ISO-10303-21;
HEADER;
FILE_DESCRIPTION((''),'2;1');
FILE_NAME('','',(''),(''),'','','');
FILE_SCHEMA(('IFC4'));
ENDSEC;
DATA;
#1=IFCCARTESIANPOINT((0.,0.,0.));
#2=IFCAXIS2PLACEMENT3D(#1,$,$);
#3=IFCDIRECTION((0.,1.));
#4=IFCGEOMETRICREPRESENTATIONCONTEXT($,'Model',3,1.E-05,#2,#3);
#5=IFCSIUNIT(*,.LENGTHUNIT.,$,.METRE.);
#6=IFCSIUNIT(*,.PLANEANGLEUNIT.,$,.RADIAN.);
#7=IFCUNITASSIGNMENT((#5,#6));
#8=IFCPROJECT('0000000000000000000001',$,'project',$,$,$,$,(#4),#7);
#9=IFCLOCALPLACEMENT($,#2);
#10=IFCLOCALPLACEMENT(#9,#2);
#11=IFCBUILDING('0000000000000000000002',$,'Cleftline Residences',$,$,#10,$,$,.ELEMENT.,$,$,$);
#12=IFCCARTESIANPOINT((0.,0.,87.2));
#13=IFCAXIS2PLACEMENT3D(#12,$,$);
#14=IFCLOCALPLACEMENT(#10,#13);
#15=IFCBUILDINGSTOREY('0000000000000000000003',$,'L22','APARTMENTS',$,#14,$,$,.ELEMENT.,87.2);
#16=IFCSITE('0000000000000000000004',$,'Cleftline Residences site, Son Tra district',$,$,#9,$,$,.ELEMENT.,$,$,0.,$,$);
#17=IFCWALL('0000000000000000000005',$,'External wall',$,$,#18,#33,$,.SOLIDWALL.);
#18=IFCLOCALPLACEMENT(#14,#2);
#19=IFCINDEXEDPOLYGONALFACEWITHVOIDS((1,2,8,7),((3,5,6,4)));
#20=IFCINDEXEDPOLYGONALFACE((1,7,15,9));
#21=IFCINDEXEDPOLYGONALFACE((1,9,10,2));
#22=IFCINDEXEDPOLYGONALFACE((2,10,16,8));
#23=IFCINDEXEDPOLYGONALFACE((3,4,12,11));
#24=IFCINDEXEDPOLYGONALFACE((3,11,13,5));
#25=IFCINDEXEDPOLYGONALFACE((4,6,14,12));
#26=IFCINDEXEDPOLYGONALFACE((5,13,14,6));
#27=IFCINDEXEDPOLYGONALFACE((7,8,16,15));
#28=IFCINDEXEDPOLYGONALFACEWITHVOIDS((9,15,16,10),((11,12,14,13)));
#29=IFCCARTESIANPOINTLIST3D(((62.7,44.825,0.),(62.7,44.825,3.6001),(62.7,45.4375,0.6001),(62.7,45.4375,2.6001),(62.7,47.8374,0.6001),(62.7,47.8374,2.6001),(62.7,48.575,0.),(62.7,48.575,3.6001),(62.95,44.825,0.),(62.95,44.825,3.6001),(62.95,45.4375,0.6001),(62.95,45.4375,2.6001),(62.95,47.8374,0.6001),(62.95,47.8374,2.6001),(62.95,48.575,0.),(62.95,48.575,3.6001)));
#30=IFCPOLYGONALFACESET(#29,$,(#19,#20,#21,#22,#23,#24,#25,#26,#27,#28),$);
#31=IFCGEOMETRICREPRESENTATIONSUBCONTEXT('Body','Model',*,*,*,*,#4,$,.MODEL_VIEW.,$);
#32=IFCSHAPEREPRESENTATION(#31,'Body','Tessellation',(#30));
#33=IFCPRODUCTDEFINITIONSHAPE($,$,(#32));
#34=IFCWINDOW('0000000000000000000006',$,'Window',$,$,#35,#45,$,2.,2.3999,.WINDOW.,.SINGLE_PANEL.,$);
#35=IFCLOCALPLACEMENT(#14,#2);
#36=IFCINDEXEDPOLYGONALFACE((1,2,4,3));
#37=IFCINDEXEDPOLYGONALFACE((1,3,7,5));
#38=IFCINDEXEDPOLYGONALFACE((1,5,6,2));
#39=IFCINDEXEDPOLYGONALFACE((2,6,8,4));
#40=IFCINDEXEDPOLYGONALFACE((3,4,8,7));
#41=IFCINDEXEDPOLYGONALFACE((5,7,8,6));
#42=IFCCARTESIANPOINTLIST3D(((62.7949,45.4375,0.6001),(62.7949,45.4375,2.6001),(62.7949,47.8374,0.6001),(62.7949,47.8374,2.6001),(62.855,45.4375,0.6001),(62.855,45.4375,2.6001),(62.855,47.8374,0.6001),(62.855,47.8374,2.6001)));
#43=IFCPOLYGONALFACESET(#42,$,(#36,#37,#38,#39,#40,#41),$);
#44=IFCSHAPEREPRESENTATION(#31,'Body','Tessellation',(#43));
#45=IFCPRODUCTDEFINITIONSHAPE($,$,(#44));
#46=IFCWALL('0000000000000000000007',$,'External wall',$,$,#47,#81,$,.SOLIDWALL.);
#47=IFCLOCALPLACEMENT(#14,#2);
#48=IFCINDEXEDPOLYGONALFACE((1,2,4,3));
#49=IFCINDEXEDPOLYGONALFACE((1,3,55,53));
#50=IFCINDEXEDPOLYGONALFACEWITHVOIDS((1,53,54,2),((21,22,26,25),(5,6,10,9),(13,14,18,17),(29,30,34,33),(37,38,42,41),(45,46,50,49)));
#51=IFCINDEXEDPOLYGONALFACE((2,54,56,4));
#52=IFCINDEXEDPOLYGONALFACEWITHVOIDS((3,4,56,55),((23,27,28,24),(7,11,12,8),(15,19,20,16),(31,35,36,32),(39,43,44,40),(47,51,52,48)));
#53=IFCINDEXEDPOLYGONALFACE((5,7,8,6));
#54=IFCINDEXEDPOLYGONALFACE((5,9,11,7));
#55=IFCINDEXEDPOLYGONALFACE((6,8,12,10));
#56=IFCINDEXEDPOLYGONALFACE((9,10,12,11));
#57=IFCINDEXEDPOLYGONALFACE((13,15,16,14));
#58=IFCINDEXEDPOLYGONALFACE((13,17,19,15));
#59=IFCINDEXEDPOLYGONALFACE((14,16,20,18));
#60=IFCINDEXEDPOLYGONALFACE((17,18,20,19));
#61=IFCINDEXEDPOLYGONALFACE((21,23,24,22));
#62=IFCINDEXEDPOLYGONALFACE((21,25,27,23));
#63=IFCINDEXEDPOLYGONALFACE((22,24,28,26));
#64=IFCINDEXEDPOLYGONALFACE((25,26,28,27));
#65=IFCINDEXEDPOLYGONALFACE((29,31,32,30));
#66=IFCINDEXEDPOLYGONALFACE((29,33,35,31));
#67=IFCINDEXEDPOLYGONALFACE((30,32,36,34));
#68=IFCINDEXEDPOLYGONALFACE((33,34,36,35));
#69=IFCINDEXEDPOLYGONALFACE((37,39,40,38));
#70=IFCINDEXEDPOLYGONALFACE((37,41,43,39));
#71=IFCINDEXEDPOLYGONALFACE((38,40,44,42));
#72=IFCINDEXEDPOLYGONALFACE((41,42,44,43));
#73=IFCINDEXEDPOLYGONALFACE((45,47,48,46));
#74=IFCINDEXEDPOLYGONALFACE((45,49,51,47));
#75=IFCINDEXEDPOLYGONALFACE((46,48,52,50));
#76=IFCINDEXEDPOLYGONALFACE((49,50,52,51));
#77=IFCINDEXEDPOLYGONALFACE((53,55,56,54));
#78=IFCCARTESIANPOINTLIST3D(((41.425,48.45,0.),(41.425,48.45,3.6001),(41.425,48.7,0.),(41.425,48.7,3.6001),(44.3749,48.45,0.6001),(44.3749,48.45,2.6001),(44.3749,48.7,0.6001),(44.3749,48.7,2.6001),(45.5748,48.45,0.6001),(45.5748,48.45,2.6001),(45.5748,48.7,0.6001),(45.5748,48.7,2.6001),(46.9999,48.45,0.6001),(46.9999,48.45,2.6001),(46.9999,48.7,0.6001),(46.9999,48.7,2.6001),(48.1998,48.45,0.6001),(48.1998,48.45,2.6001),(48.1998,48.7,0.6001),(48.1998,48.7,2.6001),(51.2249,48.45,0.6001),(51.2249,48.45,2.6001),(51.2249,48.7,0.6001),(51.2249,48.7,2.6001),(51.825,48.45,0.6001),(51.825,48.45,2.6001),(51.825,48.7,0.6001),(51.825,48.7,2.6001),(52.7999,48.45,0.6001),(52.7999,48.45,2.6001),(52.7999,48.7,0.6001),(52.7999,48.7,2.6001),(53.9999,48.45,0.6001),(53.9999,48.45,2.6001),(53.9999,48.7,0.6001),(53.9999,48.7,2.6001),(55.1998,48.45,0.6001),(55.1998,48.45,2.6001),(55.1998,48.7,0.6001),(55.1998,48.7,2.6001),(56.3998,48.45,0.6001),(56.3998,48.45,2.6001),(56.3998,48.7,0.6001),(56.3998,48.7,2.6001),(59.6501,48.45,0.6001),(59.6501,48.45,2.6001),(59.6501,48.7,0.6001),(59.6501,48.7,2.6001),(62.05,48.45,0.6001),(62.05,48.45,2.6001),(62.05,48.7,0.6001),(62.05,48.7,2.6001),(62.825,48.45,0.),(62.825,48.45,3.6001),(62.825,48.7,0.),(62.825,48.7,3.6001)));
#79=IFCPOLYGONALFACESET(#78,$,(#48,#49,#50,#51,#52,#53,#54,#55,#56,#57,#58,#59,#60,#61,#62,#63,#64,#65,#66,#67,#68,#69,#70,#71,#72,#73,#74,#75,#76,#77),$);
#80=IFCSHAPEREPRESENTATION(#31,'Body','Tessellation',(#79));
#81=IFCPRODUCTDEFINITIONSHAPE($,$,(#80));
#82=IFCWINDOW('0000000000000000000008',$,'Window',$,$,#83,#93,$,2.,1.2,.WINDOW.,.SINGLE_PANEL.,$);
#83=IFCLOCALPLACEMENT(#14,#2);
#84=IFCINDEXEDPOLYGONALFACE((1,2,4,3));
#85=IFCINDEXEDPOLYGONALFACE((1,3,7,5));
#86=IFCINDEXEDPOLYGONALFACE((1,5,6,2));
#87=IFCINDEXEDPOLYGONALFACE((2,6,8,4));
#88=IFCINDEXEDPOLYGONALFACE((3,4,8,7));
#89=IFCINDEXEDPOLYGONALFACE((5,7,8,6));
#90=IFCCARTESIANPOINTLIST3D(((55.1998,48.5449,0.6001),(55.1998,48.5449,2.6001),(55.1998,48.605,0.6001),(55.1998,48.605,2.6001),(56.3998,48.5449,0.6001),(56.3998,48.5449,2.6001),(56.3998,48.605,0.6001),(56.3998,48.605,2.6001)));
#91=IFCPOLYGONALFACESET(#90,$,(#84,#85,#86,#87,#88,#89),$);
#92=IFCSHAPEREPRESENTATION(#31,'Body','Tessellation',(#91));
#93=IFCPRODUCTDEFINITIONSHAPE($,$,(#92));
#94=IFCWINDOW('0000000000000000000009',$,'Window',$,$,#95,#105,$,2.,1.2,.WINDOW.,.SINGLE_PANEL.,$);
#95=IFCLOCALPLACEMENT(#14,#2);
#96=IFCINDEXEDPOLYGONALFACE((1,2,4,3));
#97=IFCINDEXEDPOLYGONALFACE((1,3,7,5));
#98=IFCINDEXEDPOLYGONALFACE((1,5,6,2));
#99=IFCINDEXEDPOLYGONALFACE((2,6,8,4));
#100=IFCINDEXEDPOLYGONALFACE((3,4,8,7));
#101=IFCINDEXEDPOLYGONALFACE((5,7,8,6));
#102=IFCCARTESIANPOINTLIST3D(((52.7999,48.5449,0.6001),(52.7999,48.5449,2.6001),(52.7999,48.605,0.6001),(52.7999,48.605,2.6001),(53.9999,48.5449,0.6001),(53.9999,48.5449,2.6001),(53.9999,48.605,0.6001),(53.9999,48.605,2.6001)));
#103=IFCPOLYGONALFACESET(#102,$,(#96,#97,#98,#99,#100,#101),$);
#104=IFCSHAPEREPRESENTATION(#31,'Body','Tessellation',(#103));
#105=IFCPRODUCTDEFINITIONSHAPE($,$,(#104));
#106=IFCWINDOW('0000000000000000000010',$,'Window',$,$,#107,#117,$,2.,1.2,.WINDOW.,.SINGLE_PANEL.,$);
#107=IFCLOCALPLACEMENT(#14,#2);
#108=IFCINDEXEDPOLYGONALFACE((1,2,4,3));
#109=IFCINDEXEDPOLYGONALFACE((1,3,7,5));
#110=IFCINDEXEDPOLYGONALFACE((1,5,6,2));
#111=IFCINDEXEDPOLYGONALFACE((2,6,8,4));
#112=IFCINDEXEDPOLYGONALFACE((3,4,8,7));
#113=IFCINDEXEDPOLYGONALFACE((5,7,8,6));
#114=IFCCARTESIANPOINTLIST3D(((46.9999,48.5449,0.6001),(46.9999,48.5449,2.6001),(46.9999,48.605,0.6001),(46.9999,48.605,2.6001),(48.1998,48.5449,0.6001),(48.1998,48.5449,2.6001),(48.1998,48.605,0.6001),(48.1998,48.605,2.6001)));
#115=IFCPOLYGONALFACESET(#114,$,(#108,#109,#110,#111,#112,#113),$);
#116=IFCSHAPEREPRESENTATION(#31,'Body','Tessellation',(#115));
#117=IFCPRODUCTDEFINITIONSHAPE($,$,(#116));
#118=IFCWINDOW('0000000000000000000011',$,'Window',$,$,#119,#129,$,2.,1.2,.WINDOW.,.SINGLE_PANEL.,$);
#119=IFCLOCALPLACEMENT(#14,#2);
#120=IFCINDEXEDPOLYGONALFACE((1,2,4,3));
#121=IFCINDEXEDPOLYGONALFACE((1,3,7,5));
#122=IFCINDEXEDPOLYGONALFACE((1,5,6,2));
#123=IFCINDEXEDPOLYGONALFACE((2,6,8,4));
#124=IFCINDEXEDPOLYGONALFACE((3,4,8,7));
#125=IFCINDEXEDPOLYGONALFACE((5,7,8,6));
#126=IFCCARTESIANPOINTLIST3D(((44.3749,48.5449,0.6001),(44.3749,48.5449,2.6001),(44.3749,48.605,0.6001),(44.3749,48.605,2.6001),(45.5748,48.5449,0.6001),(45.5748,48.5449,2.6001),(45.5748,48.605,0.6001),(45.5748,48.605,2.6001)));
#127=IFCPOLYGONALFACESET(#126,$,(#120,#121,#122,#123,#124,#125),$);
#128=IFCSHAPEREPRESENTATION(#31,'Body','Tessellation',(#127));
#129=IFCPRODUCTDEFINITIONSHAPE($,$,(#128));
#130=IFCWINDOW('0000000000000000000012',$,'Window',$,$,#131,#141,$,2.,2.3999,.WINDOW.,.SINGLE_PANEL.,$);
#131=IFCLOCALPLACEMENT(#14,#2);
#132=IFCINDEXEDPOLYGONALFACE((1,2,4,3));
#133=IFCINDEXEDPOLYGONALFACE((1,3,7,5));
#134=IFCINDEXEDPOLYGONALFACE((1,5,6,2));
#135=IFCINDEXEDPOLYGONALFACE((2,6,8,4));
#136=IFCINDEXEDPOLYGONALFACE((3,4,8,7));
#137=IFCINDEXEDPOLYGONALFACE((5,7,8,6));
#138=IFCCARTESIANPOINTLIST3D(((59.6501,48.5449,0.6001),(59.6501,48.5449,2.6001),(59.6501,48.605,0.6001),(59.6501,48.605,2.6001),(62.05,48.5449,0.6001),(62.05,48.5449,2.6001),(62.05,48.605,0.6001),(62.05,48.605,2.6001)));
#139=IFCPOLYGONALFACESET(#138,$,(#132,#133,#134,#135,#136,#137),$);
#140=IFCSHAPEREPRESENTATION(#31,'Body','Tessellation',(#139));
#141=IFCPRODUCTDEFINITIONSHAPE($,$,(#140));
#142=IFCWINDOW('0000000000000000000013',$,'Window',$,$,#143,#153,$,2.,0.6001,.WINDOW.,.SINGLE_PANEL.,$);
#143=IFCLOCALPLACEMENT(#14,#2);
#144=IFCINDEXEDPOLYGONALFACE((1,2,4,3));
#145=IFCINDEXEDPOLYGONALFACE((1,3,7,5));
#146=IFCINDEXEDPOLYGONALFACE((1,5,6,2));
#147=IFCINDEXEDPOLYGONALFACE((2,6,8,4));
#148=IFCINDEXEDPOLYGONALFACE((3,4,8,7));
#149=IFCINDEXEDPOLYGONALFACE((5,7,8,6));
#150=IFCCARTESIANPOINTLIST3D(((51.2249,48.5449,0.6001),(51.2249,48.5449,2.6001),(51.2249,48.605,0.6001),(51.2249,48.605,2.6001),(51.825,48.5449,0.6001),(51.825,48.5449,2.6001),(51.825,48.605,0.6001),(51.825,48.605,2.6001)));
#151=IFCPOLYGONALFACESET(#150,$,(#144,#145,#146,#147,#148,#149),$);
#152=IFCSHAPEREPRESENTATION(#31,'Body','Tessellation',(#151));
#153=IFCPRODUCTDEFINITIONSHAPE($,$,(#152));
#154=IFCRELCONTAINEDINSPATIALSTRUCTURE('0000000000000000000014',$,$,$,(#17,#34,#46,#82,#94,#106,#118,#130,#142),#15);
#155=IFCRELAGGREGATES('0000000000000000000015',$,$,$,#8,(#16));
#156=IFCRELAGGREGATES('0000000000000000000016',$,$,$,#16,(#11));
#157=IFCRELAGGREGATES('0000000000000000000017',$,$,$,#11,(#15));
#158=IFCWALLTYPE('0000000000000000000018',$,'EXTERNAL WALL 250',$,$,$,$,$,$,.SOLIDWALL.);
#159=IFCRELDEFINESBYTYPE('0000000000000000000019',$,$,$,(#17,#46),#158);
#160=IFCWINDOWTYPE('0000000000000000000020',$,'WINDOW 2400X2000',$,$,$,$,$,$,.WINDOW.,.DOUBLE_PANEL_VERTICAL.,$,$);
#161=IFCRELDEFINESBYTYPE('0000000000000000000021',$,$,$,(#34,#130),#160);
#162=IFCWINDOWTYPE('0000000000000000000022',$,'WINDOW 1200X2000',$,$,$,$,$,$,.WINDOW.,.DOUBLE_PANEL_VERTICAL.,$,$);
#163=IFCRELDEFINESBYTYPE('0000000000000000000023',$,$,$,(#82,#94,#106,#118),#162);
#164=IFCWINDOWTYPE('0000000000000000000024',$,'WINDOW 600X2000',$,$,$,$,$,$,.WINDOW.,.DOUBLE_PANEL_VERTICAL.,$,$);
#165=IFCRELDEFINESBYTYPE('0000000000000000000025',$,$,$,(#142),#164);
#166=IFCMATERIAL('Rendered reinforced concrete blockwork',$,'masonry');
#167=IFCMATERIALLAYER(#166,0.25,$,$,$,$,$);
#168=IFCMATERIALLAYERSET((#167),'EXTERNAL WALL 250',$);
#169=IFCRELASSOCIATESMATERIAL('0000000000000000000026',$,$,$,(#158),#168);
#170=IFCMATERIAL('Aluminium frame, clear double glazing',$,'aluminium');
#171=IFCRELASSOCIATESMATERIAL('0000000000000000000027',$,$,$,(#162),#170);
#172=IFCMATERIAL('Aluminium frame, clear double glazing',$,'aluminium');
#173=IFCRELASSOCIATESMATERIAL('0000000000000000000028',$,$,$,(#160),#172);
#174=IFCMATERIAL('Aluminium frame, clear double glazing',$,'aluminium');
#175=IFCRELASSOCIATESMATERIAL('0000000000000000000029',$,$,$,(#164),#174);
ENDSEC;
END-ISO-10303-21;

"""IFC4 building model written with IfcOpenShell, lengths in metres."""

from ifc_helpers import new_model, si_unit, direction, frame, frame_2d, origin, place, context, subcontext, project, spatial, rectangle, extrude, material, layer, layer_set, type_object, element, fill, save


model = new_model("IFC4")

# Units and contexts
model_context = context("Model", 3, precision=1e-05, world=origin(), true_north=direction((0.0, 1.0)))
body_context = subcontext(model_context, "Body", "Model", "MODEL_VIEW")
ifc_project = project(units=[si_unit("LENGTHUNIT", "METRE"), si_unit("PLANEANGLEUNIT", "RADIAN")], contexts=[model_context])

# Site, building, storey
site_placement = place(None, origin())
site = spatial("IfcSite", under=ifc_project, at=site_placement, Name="Cleftline Residences site, Son Tra district", CompositionType="ELEMENT", RefElevation=0.0)
building_placement = place(site_placement, origin())
building = spatial("IfcBuilding", under=site, at=building_placement, Name="Cleftline Residences", CompositionType="ELEMENT")
storey_placement = place(building_placement, frame((0.0, 0.0, 87.2)))
storey = spatial("IfcBuildingStorey", under=building, at=storey_placement, Name="L22", Description="APARTMENTS", CompositionType="ELEMENT", Elevation=87.2)

# Shared definitions
ifc_material_1 = material(Name="Rendered reinforced concrete blockwork", Category="masonry")
ifc_layer_1 = layer(ifc_material_1, 0.25)
ifc_layer_set_1 = layer_set([ifc_layer_1], Name="EXTERNAL WALL 250")
wall_type_1 = type_object("IfcWallType", Name="EXTERNAL WALL 250", PredefinedType="SOLIDWALL", material=ifc_layer_set_1)
ifc_material_2 = material(Name="Aluminium frame, clear double glazing", Category="aluminium")
window_type_1 = type_object("IfcWindowType", Name="WINDOW 1200X2000", PartitioningType="DOUBLE_PANEL_VERTICAL", PredefinedType="WINDOW", material=ifc_material_2)

# Wall, opening, window
wall_1_placement = place(storey_placement, frame((62.825, 44.825, 0.0), z_axis=(0.0, 0.0, 1.0), x_axis=(0.0, 1.0, 0.0)))
wall_1 = element("IfcWall", 1, at=wall_1_placement, inside=storey, type_object=wall_type_1, Name="External wall", PredefinedType="SOLIDWALL", context=body_context, shape_type="SweptSolid", body=[
    extrude(rectangle(XDim=3.75, YDim=0.25, at=frame_2d((1.875, 0.0))), origin(), (0.0, 0.0, 1.0), 3.6001),
])
opening_1_placement = place(wall_1_placement, frame((0.6125, 0.0, 0.6001)))
opening_1 = element("IfcOpeningElement", 2, at=opening_1_placement, cuts=wall_1, PredefinedType="OPENING", context=body_context, shape_type="SweptSolid", body=[
    extrude(rectangle(XDim=2.3999, YDim=2.0, at=frame_2d((1.2, 1.0))), frame((0.0, 0.135, 0.0), z_axis=(0.0, -1.0, 0.0), x_axis=(1.0, 0.0, 0.0)), (0.0, 0.0, 1.0), 0.27),
])
ifc_material_3 = material(Name="Aluminium frame, clear double glazing", Category="aluminium")
window_type_2 = type_object("IfcWindowType", Name="WINDOW 2400X2000", PartitioningType="DOUBLE_PANEL_VERTICAL", PredefinedType="WINDOW", material=ifc_material_3)
window_1_placement = place(opening_1_placement, origin())
window_1 = element("IfcWindow", 3, at=window_1_placement, inside=storey, type_object=window_type_2, Name="Window", OverallHeight=2.0, OverallWidth=2.3999, PartitioningType="SINGLE_PANEL", PredefinedType="WINDOW", context=body_context, shape_type="SweptSolid", body=[
    extrude(rectangle(XDim=2.3999, YDim=2.0, at=frame_2d((1.2, 1.0))), frame((0.0, 0.03, 0.0), z_axis=(0.0, -1.0, 0.0), x_axis=(1.0, 0.0, 0.0)), (0.0, 0.0, 1.0), 0.0601),
])
fill(opening_1, window_1)

# Wall, openings, windows
wall_2_placement = place(storey_placement, frame((62.825, 48.575, 0.0), z_axis=(0.0, 0.0, 1.0), x_axis=(-1.0, 0.0, 0.0)))
wall_2 = element("IfcWall", 4, at=wall_2_placement, inside=storey, type_object=wall_type_1, Name="External wall", PredefinedType="SOLIDWALL", context=body_context, shape_type="SweptSolid", body=[
    extrude(rectangle(XDim=21.3999, YDim=0.25, at=frame_2d((10.7, 0.0))), origin(), (0.0, 0.0, 1.0), 3.6001),
])
opening_2_placement = place(wall_2_placement, frame((0.7749, 0.0, 0.6001)))
opening_2 = element("IfcOpeningElement", 5, at=opening_2_placement, cuts=wall_2, PredefinedType="OPENING", context=body_context, shape_type="SweptSolid", body=[
    extrude(rectangle(XDim=2.3999, YDim=2.0, at=frame_2d((1.2, 1.0))), frame((0.0, 0.135, 0.0), z_axis=(0.0, -1.0, 0.0), x_axis=(1.0, 0.0, 0.0)), (0.0, 0.0, 1.0), 0.27),
])
opening_3_placement = place(wall_2_placement, frame((6.425, 0.0, 0.6001)))
opening_3 = element("IfcOpeningElement", 6, at=opening_3_placement, cuts=wall_2, PredefinedType="OPENING", context=body_context, shape_type="SweptSolid", body=[
    extrude(rectangle(XDim=1.2, YDim=2.0, at=frame_2d((0.6001, 1.0))), frame((0.0, 0.135, 0.0), z_axis=(0.0, -1.0, 0.0), x_axis=(1.0, 0.0, 0.0)), (0.0, 0.0, 1.0), 0.27),
])
opening_4_placement = place(wall_2_placement, frame((8.825, 0.0, 0.6001)))
opening_4 = element("IfcOpeningElement", 7, at=opening_4_placement, cuts=wall_2, PredefinedType="OPENING", context=body_context, shape_type="SweptSolid", body=[
    extrude(rectangle(XDim=1.2, YDim=2.0, at=frame_2d((0.6001, 1.0))), frame((0.0, 0.135, 0.0), z_axis=(0.0, -1.0, 0.0), x_axis=(1.0, 0.0, 0.0)), (0.0, 0.0, 1.0), 0.27),
])
opening_5_placement = place(wall_2_placement, frame((11.0, 0.0, 0.6001)))
opening_5 = element("IfcOpeningElement", 8, at=opening_5_placement, cuts=wall_2, PredefinedType="OPENING", context=body_context, shape_type="SweptSolid", body=[
    extrude(rectangle(XDim=0.6001, YDim=2.0, at=frame_2d((0.3, 1.0))), frame((0.0, 0.135, 0.0), z_axis=(0.0, -1.0, 0.0), x_axis=(1.0, 0.0, 0.0)), (0.0, 0.0, 1.0), 0.27),
])
opening_6_placement = place(wall_2_placement, frame((14.625, 0.0, 0.6001)))
opening_6 = element("IfcOpeningElement", 9, at=opening_6_placement, cuts=wall_2, PredefinedType="OPENING", context=body_context, shape_type="SweptSolid", body=[
    extrude(rectangle(XDim=1.2, YDim=2.0, at=frame_2d((0.6001, 1.0))), frame((0.0, 0.135, 0.0), z_axis=(0.0, -1.0, 0.0), x_axis=(1.0, 0.0, 0.0)), (0.0, 0.0, 1.0), 0.27),
])
opening_7_placement = place(wall_2_placement, frame((17.25, 0.0, 0.6001)))
opening_7 = element("IfcOpeningElement", 10, at=opening_7_placement, cuts=wall_2, PredefinedType="OPENING", context=body_context, shape_type="SweptSolid", body=[
    extrude(rectangle(XDim=1.2, YDim=2.0, at=frame_2d((0.6001, 1.0))), frame((0.0, 0.135, 0.0), z_axis=(0.0, -1.0, 0.0), x_axis=(1.0, 0.0, 0.0)), (0.0, 0.0, 1.0), 0.27),
])
window_2_placement = place(opening_3_placement, origin())
window_2 = element("IfcWindow", 11, at=window_2_placement, inside=storey, type_object=window_type_1, Name="Window", OverallHeight=2.0, OverallWidth=1.2, PartitioningType="SINGLE_PANEL", PredefinedType="WINDOW", context=body_context, shape_type="SweptSolid", body=[
    extrude(rectangle(XDim=1.2, YDim=2.0, at=frame_2d((0.6001, 1.0))), frame((0.0, 0.03, 0.0), z_axis=(0.0, -1.0, 0.0), x_axis=(1.0, 0.0, 0.0)), (0.0, 0.0, 1.0), 0.0601),
])
fill(opening_3, window_2)
window_3_placement = place(opening_4_placement, origin())
window_3 = element("IfcWindow", 12, at=window_3_placement, inside=storey, type_object=window_type_1, Name="Window", OverallHeight=2.0, OverallWidth=1.2, PartitioningType="SINGLE_PANEL", PredefinedType="WINDOW", context=body_context, shape_type="SweptSolid", body=[
    extrude(rectangle(XDim=1.2, YDim=2.0, at=frame_2d((0.6001, 1.0))), frame((0.0, 0.03, 0.0), z_axis=(0.0, -1.0, 0.0), x_axis=(1.0, 0.0, 0.0)), (0.0, 0.0, 1.0), 0.0601),
])
fill(opening_4, window_3)
window_4_placement = place(opening_6_placement, origin())
window_4 = element("IfcWindow", 13, at=window_4_placement, inside=storey, type_object=window_type_1, Name="Window", OverallHeight=2.0, OverallWidth=1.2, PartitioningType="SINGLE_PANEL", PredefinedType="WINDOW", context=body_context, shape_type="SweptSolid", body=[
    extrude(rectangle(XDim=1.2, YDim=2.0, at=frame_2d((0.6001, 1.0))), frame((0.0, 0.03, 0.0), z_axis=(0.0, -1.0, 0.0), x_axis=(1.0, 0.0, 0.0)), (0.0, 0.0, 1.0), 0.0601),
])
fill(opening_6, window_4)
window_5_placement = place(opening_7_placement, origin())
window_5 = element("IfcWindow", 14, at=window_5_placement, inside=storey, type_object=window_type_1, Name="Window", OverallHeight=2.0, OverallWidth=1.2, PartitioningType="SINGLE_PANEL", PredefinedType="WINDOW", context=body_context, shape_type="SweptSolid", body=[
    extrude(rectangle(XDim=1.2, YDim=2.0, at=frame_2d((0.6001, 1.0))), frame((0.0, 0.03, 0.0), z_axis=(0.0, -1.0, 0.0), x_axis=(1.0, 0.0, 0.0)), (0.0, 0.0, 1.0), 0.0601),
])
fill(opening_7, window_5)
window_6_placement = place(opening_2_placement, origin())
window_6 = element("IfcWindow", 15, at=window_6_placement, inside=storey, type_object=window_type_2, Name="Window", OverallHeight=2.0, OverallWidth=2.3999, PartitioningType="SINGLE_PANEL", PredefinedType="WINDOW", context=body_context, shape_type="SweptSolid", body=[
    extrude(rectangle(XDim=2.3999, YDim=2.0, at=frame_2d((1.2, 1.0))), frame((0.0, 0.03, 0.0), z_axis=(0.0, -1.0, 0.0), x_axis=(1.0, 0.0, 0.0)), (0.0, 0.0, 1.0), 0.0601),
])
fill(opening_2, window_6)
ifc_material_4 = material(Name="Aluminium frame, clear double glazing", Category="aluminium")
window_type_3 = type_object("IfcWindowType", Name="WINDOW 600X2000", PartitioningType="DOUBLE_PANEL_VERTICAL", PredefinedType="WINDOW", material=ifc_material_4)
window_7_placement = place(opening_5_placement, origin())
window_7 = element("IfcWindow", 16, at=window_7_placement, inside=storey, type_object=window_type_3, Name="Window", OverallHeight=2.0, OverallWidth=0.6001, PartitioningType="SINGLE_PANEL", PredefinedType="WINDOW", context=body_context, shape_type="SweptSolid", body=[
    extrude(rectangle(XDim=0.6001, YDim=2.0, at=frame_2d((0.3, 1.0))), frame((0.0, 0.03, 0.0), z_axis=(0.0, -1.0, 0.0), x_axis=(1.0, 0.0, 0.0)), (0.0, 0.0, 1.0), 0.0601),
])
fill(opening_5, window_7)

save(model, "model.ifc")
